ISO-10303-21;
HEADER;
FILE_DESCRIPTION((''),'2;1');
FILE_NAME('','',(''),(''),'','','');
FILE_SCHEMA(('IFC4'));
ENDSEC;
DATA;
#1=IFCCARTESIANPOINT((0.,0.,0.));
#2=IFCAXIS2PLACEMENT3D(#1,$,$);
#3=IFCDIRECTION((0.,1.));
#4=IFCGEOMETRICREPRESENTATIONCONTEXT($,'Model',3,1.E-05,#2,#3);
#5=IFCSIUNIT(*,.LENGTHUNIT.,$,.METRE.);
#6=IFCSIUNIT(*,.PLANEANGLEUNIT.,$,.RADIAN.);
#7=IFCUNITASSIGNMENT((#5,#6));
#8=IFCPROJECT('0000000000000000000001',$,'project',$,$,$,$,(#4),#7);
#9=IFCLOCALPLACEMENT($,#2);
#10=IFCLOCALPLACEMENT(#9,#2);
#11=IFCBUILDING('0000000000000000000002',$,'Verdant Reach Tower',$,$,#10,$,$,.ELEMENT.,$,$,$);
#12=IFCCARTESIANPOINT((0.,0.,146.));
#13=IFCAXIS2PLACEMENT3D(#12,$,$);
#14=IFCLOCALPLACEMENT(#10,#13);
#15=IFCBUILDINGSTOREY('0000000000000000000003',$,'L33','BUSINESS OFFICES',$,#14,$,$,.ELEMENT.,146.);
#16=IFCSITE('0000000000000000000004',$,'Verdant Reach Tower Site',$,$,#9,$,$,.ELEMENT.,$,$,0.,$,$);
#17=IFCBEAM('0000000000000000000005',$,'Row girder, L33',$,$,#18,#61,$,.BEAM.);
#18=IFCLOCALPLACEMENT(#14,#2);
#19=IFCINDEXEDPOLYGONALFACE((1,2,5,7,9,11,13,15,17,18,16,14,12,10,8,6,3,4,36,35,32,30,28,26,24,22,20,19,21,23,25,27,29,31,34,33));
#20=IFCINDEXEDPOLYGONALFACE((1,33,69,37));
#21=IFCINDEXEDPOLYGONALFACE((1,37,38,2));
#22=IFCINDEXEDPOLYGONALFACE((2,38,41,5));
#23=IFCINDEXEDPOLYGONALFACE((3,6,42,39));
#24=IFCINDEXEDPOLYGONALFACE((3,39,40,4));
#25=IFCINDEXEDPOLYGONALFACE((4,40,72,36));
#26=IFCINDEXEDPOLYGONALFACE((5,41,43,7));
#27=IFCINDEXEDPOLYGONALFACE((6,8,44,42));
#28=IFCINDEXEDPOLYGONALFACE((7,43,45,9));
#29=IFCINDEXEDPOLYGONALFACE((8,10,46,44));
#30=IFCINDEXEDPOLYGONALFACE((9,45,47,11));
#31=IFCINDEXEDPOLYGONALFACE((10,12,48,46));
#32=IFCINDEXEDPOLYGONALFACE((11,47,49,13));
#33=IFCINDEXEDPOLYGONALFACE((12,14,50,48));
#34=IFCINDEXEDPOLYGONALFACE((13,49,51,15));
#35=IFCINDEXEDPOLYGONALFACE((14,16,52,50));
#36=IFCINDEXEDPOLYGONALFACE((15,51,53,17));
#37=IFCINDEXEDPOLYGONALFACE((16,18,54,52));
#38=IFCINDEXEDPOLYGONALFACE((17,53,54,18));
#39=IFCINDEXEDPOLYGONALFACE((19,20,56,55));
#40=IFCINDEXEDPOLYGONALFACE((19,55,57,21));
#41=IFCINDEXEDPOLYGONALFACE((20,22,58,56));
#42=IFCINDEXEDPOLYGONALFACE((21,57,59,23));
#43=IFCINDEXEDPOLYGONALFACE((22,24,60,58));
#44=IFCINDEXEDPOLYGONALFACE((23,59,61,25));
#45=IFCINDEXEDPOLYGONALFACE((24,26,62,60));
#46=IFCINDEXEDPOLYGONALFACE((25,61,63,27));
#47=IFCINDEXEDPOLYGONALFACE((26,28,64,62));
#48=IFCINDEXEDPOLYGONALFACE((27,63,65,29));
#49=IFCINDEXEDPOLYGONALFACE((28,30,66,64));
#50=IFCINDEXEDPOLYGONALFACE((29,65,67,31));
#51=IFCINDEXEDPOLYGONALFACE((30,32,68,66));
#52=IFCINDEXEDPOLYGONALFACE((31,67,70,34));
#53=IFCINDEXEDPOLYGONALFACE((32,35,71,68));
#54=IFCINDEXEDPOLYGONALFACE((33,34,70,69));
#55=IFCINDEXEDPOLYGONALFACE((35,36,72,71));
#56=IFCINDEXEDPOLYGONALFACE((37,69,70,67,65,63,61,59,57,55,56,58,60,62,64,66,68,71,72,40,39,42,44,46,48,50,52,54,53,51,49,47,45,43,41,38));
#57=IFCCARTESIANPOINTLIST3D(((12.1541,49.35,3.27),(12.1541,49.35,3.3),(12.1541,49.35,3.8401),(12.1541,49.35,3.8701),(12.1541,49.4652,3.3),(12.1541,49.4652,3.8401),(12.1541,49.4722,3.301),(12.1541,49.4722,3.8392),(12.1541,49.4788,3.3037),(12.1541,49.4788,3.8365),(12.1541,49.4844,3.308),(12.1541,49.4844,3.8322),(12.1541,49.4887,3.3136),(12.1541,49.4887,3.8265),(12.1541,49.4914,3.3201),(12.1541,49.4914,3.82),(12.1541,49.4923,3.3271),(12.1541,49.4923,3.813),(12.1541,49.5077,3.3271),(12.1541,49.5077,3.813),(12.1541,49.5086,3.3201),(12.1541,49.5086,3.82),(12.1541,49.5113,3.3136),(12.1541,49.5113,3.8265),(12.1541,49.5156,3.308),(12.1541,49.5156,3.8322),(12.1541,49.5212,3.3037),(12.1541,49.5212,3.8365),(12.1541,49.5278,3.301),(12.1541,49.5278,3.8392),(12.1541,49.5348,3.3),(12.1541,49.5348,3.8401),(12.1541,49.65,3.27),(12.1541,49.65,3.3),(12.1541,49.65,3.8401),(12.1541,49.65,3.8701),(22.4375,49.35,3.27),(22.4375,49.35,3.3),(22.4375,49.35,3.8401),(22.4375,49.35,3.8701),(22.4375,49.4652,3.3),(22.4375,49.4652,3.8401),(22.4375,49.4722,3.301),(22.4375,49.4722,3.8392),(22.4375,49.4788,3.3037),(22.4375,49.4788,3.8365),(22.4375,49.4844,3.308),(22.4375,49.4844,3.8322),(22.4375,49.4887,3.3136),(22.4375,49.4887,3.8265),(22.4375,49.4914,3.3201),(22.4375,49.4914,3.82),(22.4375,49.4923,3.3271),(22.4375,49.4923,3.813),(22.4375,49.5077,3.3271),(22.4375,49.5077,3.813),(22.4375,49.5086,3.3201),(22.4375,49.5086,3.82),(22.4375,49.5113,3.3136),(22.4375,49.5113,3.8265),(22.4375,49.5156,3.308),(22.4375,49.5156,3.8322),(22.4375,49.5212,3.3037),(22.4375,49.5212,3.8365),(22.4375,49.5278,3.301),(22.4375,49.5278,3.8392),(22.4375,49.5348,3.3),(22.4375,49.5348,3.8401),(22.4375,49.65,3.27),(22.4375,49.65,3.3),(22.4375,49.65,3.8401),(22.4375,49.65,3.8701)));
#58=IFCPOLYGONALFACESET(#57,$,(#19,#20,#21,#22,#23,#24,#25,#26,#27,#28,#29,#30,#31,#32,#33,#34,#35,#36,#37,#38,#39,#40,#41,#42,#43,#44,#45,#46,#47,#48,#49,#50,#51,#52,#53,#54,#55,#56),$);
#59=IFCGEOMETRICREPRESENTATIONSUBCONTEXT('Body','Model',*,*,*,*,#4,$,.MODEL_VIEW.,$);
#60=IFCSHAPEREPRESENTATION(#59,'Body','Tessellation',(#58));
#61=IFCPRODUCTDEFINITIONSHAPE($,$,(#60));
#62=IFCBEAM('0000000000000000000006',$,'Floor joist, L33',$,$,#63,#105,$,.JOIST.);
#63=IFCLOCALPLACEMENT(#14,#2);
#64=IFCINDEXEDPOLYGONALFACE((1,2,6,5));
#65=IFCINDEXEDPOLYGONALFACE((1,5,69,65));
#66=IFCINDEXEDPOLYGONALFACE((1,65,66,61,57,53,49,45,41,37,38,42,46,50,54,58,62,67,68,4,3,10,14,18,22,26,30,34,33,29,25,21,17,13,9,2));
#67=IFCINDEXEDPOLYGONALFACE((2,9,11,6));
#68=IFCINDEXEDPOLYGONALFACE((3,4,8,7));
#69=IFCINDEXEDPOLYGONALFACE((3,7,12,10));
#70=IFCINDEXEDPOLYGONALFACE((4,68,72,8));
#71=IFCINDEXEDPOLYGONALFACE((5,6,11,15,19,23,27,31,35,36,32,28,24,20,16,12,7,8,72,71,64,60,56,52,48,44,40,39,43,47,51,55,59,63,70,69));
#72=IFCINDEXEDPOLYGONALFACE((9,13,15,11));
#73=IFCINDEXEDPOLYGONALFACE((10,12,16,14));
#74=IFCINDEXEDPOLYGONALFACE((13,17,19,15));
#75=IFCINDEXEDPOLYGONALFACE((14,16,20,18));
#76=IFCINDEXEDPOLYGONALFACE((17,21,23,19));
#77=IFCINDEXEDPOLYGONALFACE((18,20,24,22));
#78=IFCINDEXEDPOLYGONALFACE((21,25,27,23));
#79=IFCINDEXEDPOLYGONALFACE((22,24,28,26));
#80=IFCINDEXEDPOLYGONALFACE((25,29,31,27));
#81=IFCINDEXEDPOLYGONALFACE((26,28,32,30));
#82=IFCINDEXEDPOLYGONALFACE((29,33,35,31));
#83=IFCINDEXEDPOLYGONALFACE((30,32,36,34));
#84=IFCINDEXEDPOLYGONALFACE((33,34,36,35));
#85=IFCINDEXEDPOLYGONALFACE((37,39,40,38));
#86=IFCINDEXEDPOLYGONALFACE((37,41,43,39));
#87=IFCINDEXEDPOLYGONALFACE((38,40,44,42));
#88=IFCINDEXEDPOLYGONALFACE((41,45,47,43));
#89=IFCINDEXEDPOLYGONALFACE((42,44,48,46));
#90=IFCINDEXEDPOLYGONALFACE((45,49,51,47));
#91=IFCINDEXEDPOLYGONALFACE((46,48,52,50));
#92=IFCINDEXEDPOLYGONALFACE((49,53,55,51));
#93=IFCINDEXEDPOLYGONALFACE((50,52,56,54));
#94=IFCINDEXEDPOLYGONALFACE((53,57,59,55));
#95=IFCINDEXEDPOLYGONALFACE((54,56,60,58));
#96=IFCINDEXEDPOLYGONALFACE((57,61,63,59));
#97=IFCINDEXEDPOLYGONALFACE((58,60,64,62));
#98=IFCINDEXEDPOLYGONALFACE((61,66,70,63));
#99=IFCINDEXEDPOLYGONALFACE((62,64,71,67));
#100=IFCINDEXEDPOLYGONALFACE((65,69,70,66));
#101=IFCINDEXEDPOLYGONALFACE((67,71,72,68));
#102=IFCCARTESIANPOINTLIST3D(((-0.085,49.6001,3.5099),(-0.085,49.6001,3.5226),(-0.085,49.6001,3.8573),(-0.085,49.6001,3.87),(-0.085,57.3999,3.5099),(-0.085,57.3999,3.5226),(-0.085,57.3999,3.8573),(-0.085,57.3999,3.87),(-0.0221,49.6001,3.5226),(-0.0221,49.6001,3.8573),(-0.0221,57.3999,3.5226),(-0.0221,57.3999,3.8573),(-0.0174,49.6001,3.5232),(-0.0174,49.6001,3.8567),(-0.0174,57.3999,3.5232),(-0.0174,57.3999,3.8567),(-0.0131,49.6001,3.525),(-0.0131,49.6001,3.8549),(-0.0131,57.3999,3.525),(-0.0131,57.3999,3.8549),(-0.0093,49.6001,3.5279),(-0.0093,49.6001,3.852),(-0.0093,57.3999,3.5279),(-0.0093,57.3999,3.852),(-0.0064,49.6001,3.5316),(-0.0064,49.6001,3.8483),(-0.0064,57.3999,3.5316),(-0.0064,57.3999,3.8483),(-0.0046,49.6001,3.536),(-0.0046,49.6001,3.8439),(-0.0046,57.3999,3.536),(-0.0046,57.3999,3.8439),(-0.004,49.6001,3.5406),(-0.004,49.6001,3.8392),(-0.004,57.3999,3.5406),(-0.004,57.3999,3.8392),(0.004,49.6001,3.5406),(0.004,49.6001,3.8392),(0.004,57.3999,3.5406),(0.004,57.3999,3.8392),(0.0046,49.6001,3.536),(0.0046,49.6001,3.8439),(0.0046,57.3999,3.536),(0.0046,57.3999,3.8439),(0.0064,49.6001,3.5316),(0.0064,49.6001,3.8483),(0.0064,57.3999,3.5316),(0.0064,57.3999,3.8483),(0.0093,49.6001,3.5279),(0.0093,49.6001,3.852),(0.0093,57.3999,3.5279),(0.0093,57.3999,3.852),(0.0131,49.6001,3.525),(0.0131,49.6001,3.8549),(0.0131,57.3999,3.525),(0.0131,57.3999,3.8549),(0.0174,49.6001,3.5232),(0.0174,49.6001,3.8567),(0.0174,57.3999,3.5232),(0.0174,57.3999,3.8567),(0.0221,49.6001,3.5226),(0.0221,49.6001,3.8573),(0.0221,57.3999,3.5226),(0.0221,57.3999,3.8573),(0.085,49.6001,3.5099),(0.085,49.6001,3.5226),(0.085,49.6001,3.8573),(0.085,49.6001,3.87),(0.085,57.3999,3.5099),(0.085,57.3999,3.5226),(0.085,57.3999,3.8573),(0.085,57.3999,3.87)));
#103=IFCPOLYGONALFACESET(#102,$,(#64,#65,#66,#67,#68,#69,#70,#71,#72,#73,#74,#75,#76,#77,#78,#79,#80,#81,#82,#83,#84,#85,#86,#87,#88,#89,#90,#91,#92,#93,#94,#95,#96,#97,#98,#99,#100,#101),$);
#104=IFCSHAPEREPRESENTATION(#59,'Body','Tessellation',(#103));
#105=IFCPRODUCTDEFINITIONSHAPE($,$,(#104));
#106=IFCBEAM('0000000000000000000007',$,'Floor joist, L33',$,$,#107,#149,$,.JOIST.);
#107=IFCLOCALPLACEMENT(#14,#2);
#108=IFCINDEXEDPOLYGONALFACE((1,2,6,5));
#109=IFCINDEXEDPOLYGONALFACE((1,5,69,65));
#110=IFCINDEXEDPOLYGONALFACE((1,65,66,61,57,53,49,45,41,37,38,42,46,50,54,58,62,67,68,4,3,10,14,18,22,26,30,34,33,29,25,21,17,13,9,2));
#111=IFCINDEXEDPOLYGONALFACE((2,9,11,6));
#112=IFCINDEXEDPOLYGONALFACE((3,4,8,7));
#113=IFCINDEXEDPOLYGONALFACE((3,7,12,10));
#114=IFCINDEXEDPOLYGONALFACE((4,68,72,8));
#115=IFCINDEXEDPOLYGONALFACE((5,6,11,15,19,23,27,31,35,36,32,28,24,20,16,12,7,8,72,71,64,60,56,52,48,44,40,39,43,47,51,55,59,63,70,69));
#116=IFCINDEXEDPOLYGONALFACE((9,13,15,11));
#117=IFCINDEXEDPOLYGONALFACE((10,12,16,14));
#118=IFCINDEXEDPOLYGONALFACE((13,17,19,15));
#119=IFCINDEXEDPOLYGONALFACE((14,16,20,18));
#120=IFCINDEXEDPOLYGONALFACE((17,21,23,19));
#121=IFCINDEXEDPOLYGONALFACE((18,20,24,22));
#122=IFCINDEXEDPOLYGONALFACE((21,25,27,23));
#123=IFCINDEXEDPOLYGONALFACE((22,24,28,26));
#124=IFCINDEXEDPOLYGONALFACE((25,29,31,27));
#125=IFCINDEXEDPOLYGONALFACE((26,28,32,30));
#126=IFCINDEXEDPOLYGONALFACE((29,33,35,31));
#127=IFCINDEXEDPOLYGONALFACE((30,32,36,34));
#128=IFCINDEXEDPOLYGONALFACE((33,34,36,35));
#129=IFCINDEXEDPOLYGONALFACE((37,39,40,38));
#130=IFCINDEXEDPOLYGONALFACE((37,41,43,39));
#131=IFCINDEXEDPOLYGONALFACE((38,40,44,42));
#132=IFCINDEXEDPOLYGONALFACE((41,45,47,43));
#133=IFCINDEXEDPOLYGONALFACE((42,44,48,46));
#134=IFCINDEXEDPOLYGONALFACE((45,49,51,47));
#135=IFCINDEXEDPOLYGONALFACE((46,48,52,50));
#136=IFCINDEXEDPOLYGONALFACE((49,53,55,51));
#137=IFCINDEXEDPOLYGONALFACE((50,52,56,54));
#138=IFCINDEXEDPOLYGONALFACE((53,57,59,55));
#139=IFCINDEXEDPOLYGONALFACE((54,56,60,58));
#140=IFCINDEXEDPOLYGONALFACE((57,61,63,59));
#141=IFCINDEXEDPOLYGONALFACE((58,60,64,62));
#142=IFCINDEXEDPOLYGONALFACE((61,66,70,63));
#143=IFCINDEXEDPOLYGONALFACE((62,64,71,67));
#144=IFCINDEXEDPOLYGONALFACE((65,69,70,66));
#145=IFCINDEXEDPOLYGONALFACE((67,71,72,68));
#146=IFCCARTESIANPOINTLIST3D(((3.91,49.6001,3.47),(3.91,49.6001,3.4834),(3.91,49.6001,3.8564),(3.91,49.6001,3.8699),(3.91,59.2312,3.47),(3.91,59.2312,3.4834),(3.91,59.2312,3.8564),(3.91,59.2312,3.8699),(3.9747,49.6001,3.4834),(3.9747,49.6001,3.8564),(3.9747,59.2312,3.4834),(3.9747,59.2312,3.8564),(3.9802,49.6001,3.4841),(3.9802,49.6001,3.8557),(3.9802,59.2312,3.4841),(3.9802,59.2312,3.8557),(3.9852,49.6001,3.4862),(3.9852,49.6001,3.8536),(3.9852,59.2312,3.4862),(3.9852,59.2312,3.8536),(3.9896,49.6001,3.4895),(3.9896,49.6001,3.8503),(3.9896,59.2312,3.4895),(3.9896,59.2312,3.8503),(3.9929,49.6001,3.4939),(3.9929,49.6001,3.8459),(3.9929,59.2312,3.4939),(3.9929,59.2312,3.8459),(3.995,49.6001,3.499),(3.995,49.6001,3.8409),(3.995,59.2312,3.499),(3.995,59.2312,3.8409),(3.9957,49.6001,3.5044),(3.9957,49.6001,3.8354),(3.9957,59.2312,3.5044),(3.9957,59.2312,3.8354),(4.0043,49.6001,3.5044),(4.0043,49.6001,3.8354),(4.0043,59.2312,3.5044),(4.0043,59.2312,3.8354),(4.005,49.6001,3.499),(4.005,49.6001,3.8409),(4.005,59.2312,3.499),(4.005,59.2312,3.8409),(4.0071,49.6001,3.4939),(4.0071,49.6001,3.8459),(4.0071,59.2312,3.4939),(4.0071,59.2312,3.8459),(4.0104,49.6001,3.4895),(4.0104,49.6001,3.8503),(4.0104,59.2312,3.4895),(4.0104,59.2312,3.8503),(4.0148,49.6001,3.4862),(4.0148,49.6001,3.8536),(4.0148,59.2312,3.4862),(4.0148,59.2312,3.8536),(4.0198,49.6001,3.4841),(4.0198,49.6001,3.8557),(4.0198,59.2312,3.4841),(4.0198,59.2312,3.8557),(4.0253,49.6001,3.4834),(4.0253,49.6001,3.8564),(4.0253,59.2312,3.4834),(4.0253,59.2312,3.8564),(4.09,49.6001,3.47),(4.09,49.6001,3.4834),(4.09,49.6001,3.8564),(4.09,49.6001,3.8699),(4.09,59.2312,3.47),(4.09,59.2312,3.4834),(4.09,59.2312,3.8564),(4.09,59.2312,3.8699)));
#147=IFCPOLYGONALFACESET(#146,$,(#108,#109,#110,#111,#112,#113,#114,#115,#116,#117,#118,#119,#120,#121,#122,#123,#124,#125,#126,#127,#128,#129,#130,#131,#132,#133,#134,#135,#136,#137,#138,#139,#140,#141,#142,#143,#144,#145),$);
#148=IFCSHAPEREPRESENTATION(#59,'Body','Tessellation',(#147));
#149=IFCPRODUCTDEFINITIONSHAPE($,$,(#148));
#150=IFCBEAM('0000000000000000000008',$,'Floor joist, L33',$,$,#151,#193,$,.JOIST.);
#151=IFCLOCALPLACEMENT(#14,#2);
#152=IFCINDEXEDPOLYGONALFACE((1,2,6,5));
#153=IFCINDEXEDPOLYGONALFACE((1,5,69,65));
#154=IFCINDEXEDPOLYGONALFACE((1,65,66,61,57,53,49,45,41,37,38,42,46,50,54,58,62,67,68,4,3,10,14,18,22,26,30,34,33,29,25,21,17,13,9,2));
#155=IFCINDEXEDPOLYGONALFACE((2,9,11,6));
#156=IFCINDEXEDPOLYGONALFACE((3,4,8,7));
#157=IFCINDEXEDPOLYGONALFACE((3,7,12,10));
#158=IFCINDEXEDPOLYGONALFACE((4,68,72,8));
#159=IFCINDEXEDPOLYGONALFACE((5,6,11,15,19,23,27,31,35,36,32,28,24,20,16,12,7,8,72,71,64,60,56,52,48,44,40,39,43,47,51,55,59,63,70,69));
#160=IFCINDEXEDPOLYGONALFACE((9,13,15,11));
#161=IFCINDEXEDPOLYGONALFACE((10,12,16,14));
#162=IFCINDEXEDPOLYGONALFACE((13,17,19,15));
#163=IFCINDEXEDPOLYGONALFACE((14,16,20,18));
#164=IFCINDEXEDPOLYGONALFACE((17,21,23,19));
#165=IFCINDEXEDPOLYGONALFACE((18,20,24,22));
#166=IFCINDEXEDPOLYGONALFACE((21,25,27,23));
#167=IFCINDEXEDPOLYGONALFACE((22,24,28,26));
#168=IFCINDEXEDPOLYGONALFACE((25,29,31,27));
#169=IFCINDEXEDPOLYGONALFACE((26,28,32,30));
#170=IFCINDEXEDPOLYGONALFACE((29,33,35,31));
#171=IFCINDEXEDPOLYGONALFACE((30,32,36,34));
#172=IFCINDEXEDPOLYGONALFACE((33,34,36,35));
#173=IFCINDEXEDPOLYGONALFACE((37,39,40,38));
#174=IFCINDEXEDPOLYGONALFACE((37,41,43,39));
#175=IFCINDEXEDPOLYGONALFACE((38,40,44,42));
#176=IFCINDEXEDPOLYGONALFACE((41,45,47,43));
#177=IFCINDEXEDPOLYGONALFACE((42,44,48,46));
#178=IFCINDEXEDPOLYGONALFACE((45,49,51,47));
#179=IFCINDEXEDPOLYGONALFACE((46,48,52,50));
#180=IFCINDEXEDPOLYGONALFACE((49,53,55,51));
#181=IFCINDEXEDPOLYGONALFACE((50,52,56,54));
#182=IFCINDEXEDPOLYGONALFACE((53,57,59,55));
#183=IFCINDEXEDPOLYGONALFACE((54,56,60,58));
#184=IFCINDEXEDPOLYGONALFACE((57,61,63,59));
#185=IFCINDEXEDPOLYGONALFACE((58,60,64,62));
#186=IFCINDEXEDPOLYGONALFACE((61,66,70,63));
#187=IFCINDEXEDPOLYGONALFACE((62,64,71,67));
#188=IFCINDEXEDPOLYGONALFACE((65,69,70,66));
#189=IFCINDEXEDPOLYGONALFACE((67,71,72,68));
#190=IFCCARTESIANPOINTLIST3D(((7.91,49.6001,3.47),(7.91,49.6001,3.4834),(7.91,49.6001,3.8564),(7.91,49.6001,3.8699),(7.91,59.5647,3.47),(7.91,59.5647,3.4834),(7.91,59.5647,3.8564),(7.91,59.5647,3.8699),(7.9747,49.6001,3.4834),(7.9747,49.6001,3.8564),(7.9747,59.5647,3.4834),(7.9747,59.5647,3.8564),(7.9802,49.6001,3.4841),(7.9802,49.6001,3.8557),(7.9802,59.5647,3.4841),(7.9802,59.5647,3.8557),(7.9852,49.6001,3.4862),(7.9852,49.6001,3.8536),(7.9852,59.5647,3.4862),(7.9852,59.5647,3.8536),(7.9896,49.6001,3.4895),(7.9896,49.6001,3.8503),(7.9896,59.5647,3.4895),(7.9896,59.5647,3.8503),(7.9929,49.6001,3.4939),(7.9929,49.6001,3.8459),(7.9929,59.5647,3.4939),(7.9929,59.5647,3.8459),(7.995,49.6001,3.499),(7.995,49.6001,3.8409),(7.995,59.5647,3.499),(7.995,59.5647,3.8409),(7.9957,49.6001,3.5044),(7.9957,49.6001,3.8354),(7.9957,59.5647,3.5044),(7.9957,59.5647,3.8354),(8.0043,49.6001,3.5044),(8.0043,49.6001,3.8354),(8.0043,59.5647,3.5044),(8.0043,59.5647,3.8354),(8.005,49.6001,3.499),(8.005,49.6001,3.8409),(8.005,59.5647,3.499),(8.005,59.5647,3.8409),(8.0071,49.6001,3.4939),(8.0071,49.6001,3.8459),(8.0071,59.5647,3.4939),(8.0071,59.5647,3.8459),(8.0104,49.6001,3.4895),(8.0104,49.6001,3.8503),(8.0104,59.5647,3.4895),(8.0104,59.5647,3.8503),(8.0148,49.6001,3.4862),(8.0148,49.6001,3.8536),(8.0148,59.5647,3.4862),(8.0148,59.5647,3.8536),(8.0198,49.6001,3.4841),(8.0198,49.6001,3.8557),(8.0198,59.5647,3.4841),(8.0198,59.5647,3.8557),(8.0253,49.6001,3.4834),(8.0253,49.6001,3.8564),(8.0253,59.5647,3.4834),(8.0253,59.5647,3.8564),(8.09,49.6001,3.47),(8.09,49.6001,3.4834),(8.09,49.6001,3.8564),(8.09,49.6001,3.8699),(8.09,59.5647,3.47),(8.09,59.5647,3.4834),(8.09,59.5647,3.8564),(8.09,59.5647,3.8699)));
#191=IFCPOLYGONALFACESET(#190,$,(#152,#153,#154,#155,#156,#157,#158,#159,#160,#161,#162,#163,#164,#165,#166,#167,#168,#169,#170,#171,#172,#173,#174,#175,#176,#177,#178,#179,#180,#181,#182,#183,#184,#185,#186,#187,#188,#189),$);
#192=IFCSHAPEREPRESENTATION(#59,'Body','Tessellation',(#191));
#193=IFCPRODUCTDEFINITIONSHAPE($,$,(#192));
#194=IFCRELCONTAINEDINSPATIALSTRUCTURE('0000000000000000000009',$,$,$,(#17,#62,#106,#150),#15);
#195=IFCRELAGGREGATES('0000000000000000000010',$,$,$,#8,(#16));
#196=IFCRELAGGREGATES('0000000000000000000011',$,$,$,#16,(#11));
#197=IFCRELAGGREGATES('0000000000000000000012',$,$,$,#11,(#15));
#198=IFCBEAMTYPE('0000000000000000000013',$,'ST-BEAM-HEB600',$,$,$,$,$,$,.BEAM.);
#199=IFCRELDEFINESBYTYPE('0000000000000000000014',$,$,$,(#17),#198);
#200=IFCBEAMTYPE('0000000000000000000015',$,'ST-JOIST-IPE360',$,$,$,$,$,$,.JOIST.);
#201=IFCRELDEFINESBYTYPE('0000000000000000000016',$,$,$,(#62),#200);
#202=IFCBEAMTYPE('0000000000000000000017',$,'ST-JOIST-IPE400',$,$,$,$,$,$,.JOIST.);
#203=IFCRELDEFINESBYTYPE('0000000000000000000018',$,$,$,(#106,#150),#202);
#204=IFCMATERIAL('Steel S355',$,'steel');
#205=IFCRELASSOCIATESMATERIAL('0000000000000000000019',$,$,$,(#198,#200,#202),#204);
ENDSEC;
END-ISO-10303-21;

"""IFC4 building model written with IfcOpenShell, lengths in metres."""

from ifc_helpers import new_model, si_unit, direction, frame, origin, origin_2d, place, context, subcontext, project, spatial, i_section, extrude, material, material_profile, profile_set, type_object, element, save


model = new_model("IFC4")

# Units and contexts
model_context = context("Model", 3, precision=1e-05, world=origin(), true_north=direction((0.0, 1.0)))
body_context = subcontext(model_context, "Body", "Model", "MODEL_VIEW")
ifc_project = project(units=[si_unit("LENGTHUNIT", "METRE"), si_unit("PLANEANGLEUNIT", "RADIAN")], contexts=[model_context])

# Site, building, storey
site_placement = place(None, origin())
site = spatial("IfcSite", under=ifc_project, at=site_placement, Name="Verdant Reach Tower Site", CompositionType="ELEMENT", RefElevation=0.0)
building_placement = place(site_placement, origin())
building = spatial("IfcBuilding", under=site, at=building_placement, Name="Verdant Reach Tower", CompositionType="ELEMENT")
storey_placement = place(building_placement, frame((0.0, 0.0, 146.0)))
storey = spatial("IfcBuildingStorey", under=building, at=storey_placement, Name="L33", Description="BUSINESS OFFICES", CompositionType="ELEMENT", Elevation=146.0)

# Beams
ifc_material_1 = material(Name="Steel S355", Category="steel")
ifc_material_profile_1 = material_profile(ifc_material_1, i_section(OverallWidth=0.3, OverallDepth=0.6001, WebThickness=0.0154, FlangeThickness=0.03, FilletRadius=0.0271, at=origin_2d()), Name="HEB 600")
ifc_profile_set_1 = profile_set([ifc_material_profile_1], Name="Steel S355")
beam_type_1 = type_object("IfcBeamType", Name="ST-BEAM-HEB600", PredefinedType="BEAM", material=ifc_profile_set_1)
beam_1_placement = place(storey_placement, frame((12.1541, 49.5, 3.5701), z_axis=(1.0, 0.0, 0.0), x_axis=(0.0, 1.0, 0.0)))
element("IfcBeam", 1, at=beam_1_placement, inside=storey, type_object=beam_type_1, Name="Row girder, L33", PredefinedType="BEAM", context=body_context, shape_type="SweptSolid", body=[
    extrude(i_section(OverallWidth=0.3, OverallDepth=0.6001, WebThickness=0.0154, FlangeThickness=0.03, FilletRadius=0.0271, at=origin_2d()), origin(), (0.0, 0.0, 1.0), 10.2834),
])
ifc_material_profile_2 = material_profile(ifc_material_1, i_section(OverallWidth=0.1699, OverallDepth=0.3601, WebThickness=0.0081, FlangeThickness=0.0127, FilletRadius=0.0181, at=origin_2d()), Name="IPE 360")
ifc_profile_set_2 = profile_set([ifc_material_profile_2], Name="Steel S355")
beam_type_2 = type_object("IfcBeamType", Name="ST-JOIST-IPE360", PredefinedType="JOIST", material=ifc_profile_set_2)
beam_2_placement = place(storey_placement, frame((0.0, 49.6001, 3.6899), z_axis=(0.0, 1.0, 0.0), x_axis=(-1.0, 0.0, 0.0)))
element("IfcBeam", 2, at=beam_2_placement, inside=storey, type_object=beam_type_2, Name="Floor joist, L33", PredefinedType="JOIST", context=body_context, shape_type="SweptSolid", body=[
    extrude(i_section(OverallWidth=0.1699, OverallDepth=0.3601, WebThickness=0.0081, FlangeThickness=0.0127, FilletRadius=0.0181, at=origin_2d()), origin(), (0.0, 0.0, 1.0), 7.7998),
])
ifc_material_profile_3 = material_profile(ifc_material_1, i_section(OverallWidth=0.1799, OverallDepth=0.3999, WebThickness=0.0085, FlangeThickness=0.0134, FilletRadius=0.021, at=origin_2d()), Name="IPE 400")
ifc_profile_set_3 = profile_set([ifc_material_profile_3], Name="Steel S355")
beam_type_3 = type_object("IfcBeamType", Name="ST-JOIST-IPE400", PredefinedType="JOIST", material=ifc_profile_set_3)
beam_3_placement = place(storey_placement, frame((4.0, 49.6001, 3.6699), z_axis=(0.0, 1.0, 0.0), x_axis=(-1.0, 0.0, 0.0)))
element("IfcBeam", 3, at=beam_3_placement, inside=storey, type_object=beam_type_3, Name="Floor joist, L33", PredefinedType="JOIST", context=body_context, shape_type="SweptSolid", body=[
    extrude(i_section(OverallWidth=0.1799, OverallDepth=0.3999, WebThickness=0.0085, FlangeThickness=0.0134, FilletRadius=0.021, at=origin_2d()), origin(), (0.0, 0.0, 1.0), 9.6311),
])
beam_4_placement = place(storey_placement, frame((8.0, 49.6001, 3.6699), z_axis=(0.0, 1.0, 0.0), x_axis=(-1.0, 0.0, 0.0)))
element("IfcBeam", 4, at=beam_4_placement, inside=storey, type_object=beam_type_3, Name="Floor joist, L33", PredefinedType="JOIST", context=body_context, shape_type="SweptSolid", body=[
    extrude(i_section(OverallWidth=0.1799, OverallDepth=0.3999, WebThickness=0.0085, FlangeThickness=0.0134, FilletRadius=0.021, at=origin_2d()), origin(), (0.0, 0.0, 1.0), 9.9646),
])

save(model, "model.ifc")
